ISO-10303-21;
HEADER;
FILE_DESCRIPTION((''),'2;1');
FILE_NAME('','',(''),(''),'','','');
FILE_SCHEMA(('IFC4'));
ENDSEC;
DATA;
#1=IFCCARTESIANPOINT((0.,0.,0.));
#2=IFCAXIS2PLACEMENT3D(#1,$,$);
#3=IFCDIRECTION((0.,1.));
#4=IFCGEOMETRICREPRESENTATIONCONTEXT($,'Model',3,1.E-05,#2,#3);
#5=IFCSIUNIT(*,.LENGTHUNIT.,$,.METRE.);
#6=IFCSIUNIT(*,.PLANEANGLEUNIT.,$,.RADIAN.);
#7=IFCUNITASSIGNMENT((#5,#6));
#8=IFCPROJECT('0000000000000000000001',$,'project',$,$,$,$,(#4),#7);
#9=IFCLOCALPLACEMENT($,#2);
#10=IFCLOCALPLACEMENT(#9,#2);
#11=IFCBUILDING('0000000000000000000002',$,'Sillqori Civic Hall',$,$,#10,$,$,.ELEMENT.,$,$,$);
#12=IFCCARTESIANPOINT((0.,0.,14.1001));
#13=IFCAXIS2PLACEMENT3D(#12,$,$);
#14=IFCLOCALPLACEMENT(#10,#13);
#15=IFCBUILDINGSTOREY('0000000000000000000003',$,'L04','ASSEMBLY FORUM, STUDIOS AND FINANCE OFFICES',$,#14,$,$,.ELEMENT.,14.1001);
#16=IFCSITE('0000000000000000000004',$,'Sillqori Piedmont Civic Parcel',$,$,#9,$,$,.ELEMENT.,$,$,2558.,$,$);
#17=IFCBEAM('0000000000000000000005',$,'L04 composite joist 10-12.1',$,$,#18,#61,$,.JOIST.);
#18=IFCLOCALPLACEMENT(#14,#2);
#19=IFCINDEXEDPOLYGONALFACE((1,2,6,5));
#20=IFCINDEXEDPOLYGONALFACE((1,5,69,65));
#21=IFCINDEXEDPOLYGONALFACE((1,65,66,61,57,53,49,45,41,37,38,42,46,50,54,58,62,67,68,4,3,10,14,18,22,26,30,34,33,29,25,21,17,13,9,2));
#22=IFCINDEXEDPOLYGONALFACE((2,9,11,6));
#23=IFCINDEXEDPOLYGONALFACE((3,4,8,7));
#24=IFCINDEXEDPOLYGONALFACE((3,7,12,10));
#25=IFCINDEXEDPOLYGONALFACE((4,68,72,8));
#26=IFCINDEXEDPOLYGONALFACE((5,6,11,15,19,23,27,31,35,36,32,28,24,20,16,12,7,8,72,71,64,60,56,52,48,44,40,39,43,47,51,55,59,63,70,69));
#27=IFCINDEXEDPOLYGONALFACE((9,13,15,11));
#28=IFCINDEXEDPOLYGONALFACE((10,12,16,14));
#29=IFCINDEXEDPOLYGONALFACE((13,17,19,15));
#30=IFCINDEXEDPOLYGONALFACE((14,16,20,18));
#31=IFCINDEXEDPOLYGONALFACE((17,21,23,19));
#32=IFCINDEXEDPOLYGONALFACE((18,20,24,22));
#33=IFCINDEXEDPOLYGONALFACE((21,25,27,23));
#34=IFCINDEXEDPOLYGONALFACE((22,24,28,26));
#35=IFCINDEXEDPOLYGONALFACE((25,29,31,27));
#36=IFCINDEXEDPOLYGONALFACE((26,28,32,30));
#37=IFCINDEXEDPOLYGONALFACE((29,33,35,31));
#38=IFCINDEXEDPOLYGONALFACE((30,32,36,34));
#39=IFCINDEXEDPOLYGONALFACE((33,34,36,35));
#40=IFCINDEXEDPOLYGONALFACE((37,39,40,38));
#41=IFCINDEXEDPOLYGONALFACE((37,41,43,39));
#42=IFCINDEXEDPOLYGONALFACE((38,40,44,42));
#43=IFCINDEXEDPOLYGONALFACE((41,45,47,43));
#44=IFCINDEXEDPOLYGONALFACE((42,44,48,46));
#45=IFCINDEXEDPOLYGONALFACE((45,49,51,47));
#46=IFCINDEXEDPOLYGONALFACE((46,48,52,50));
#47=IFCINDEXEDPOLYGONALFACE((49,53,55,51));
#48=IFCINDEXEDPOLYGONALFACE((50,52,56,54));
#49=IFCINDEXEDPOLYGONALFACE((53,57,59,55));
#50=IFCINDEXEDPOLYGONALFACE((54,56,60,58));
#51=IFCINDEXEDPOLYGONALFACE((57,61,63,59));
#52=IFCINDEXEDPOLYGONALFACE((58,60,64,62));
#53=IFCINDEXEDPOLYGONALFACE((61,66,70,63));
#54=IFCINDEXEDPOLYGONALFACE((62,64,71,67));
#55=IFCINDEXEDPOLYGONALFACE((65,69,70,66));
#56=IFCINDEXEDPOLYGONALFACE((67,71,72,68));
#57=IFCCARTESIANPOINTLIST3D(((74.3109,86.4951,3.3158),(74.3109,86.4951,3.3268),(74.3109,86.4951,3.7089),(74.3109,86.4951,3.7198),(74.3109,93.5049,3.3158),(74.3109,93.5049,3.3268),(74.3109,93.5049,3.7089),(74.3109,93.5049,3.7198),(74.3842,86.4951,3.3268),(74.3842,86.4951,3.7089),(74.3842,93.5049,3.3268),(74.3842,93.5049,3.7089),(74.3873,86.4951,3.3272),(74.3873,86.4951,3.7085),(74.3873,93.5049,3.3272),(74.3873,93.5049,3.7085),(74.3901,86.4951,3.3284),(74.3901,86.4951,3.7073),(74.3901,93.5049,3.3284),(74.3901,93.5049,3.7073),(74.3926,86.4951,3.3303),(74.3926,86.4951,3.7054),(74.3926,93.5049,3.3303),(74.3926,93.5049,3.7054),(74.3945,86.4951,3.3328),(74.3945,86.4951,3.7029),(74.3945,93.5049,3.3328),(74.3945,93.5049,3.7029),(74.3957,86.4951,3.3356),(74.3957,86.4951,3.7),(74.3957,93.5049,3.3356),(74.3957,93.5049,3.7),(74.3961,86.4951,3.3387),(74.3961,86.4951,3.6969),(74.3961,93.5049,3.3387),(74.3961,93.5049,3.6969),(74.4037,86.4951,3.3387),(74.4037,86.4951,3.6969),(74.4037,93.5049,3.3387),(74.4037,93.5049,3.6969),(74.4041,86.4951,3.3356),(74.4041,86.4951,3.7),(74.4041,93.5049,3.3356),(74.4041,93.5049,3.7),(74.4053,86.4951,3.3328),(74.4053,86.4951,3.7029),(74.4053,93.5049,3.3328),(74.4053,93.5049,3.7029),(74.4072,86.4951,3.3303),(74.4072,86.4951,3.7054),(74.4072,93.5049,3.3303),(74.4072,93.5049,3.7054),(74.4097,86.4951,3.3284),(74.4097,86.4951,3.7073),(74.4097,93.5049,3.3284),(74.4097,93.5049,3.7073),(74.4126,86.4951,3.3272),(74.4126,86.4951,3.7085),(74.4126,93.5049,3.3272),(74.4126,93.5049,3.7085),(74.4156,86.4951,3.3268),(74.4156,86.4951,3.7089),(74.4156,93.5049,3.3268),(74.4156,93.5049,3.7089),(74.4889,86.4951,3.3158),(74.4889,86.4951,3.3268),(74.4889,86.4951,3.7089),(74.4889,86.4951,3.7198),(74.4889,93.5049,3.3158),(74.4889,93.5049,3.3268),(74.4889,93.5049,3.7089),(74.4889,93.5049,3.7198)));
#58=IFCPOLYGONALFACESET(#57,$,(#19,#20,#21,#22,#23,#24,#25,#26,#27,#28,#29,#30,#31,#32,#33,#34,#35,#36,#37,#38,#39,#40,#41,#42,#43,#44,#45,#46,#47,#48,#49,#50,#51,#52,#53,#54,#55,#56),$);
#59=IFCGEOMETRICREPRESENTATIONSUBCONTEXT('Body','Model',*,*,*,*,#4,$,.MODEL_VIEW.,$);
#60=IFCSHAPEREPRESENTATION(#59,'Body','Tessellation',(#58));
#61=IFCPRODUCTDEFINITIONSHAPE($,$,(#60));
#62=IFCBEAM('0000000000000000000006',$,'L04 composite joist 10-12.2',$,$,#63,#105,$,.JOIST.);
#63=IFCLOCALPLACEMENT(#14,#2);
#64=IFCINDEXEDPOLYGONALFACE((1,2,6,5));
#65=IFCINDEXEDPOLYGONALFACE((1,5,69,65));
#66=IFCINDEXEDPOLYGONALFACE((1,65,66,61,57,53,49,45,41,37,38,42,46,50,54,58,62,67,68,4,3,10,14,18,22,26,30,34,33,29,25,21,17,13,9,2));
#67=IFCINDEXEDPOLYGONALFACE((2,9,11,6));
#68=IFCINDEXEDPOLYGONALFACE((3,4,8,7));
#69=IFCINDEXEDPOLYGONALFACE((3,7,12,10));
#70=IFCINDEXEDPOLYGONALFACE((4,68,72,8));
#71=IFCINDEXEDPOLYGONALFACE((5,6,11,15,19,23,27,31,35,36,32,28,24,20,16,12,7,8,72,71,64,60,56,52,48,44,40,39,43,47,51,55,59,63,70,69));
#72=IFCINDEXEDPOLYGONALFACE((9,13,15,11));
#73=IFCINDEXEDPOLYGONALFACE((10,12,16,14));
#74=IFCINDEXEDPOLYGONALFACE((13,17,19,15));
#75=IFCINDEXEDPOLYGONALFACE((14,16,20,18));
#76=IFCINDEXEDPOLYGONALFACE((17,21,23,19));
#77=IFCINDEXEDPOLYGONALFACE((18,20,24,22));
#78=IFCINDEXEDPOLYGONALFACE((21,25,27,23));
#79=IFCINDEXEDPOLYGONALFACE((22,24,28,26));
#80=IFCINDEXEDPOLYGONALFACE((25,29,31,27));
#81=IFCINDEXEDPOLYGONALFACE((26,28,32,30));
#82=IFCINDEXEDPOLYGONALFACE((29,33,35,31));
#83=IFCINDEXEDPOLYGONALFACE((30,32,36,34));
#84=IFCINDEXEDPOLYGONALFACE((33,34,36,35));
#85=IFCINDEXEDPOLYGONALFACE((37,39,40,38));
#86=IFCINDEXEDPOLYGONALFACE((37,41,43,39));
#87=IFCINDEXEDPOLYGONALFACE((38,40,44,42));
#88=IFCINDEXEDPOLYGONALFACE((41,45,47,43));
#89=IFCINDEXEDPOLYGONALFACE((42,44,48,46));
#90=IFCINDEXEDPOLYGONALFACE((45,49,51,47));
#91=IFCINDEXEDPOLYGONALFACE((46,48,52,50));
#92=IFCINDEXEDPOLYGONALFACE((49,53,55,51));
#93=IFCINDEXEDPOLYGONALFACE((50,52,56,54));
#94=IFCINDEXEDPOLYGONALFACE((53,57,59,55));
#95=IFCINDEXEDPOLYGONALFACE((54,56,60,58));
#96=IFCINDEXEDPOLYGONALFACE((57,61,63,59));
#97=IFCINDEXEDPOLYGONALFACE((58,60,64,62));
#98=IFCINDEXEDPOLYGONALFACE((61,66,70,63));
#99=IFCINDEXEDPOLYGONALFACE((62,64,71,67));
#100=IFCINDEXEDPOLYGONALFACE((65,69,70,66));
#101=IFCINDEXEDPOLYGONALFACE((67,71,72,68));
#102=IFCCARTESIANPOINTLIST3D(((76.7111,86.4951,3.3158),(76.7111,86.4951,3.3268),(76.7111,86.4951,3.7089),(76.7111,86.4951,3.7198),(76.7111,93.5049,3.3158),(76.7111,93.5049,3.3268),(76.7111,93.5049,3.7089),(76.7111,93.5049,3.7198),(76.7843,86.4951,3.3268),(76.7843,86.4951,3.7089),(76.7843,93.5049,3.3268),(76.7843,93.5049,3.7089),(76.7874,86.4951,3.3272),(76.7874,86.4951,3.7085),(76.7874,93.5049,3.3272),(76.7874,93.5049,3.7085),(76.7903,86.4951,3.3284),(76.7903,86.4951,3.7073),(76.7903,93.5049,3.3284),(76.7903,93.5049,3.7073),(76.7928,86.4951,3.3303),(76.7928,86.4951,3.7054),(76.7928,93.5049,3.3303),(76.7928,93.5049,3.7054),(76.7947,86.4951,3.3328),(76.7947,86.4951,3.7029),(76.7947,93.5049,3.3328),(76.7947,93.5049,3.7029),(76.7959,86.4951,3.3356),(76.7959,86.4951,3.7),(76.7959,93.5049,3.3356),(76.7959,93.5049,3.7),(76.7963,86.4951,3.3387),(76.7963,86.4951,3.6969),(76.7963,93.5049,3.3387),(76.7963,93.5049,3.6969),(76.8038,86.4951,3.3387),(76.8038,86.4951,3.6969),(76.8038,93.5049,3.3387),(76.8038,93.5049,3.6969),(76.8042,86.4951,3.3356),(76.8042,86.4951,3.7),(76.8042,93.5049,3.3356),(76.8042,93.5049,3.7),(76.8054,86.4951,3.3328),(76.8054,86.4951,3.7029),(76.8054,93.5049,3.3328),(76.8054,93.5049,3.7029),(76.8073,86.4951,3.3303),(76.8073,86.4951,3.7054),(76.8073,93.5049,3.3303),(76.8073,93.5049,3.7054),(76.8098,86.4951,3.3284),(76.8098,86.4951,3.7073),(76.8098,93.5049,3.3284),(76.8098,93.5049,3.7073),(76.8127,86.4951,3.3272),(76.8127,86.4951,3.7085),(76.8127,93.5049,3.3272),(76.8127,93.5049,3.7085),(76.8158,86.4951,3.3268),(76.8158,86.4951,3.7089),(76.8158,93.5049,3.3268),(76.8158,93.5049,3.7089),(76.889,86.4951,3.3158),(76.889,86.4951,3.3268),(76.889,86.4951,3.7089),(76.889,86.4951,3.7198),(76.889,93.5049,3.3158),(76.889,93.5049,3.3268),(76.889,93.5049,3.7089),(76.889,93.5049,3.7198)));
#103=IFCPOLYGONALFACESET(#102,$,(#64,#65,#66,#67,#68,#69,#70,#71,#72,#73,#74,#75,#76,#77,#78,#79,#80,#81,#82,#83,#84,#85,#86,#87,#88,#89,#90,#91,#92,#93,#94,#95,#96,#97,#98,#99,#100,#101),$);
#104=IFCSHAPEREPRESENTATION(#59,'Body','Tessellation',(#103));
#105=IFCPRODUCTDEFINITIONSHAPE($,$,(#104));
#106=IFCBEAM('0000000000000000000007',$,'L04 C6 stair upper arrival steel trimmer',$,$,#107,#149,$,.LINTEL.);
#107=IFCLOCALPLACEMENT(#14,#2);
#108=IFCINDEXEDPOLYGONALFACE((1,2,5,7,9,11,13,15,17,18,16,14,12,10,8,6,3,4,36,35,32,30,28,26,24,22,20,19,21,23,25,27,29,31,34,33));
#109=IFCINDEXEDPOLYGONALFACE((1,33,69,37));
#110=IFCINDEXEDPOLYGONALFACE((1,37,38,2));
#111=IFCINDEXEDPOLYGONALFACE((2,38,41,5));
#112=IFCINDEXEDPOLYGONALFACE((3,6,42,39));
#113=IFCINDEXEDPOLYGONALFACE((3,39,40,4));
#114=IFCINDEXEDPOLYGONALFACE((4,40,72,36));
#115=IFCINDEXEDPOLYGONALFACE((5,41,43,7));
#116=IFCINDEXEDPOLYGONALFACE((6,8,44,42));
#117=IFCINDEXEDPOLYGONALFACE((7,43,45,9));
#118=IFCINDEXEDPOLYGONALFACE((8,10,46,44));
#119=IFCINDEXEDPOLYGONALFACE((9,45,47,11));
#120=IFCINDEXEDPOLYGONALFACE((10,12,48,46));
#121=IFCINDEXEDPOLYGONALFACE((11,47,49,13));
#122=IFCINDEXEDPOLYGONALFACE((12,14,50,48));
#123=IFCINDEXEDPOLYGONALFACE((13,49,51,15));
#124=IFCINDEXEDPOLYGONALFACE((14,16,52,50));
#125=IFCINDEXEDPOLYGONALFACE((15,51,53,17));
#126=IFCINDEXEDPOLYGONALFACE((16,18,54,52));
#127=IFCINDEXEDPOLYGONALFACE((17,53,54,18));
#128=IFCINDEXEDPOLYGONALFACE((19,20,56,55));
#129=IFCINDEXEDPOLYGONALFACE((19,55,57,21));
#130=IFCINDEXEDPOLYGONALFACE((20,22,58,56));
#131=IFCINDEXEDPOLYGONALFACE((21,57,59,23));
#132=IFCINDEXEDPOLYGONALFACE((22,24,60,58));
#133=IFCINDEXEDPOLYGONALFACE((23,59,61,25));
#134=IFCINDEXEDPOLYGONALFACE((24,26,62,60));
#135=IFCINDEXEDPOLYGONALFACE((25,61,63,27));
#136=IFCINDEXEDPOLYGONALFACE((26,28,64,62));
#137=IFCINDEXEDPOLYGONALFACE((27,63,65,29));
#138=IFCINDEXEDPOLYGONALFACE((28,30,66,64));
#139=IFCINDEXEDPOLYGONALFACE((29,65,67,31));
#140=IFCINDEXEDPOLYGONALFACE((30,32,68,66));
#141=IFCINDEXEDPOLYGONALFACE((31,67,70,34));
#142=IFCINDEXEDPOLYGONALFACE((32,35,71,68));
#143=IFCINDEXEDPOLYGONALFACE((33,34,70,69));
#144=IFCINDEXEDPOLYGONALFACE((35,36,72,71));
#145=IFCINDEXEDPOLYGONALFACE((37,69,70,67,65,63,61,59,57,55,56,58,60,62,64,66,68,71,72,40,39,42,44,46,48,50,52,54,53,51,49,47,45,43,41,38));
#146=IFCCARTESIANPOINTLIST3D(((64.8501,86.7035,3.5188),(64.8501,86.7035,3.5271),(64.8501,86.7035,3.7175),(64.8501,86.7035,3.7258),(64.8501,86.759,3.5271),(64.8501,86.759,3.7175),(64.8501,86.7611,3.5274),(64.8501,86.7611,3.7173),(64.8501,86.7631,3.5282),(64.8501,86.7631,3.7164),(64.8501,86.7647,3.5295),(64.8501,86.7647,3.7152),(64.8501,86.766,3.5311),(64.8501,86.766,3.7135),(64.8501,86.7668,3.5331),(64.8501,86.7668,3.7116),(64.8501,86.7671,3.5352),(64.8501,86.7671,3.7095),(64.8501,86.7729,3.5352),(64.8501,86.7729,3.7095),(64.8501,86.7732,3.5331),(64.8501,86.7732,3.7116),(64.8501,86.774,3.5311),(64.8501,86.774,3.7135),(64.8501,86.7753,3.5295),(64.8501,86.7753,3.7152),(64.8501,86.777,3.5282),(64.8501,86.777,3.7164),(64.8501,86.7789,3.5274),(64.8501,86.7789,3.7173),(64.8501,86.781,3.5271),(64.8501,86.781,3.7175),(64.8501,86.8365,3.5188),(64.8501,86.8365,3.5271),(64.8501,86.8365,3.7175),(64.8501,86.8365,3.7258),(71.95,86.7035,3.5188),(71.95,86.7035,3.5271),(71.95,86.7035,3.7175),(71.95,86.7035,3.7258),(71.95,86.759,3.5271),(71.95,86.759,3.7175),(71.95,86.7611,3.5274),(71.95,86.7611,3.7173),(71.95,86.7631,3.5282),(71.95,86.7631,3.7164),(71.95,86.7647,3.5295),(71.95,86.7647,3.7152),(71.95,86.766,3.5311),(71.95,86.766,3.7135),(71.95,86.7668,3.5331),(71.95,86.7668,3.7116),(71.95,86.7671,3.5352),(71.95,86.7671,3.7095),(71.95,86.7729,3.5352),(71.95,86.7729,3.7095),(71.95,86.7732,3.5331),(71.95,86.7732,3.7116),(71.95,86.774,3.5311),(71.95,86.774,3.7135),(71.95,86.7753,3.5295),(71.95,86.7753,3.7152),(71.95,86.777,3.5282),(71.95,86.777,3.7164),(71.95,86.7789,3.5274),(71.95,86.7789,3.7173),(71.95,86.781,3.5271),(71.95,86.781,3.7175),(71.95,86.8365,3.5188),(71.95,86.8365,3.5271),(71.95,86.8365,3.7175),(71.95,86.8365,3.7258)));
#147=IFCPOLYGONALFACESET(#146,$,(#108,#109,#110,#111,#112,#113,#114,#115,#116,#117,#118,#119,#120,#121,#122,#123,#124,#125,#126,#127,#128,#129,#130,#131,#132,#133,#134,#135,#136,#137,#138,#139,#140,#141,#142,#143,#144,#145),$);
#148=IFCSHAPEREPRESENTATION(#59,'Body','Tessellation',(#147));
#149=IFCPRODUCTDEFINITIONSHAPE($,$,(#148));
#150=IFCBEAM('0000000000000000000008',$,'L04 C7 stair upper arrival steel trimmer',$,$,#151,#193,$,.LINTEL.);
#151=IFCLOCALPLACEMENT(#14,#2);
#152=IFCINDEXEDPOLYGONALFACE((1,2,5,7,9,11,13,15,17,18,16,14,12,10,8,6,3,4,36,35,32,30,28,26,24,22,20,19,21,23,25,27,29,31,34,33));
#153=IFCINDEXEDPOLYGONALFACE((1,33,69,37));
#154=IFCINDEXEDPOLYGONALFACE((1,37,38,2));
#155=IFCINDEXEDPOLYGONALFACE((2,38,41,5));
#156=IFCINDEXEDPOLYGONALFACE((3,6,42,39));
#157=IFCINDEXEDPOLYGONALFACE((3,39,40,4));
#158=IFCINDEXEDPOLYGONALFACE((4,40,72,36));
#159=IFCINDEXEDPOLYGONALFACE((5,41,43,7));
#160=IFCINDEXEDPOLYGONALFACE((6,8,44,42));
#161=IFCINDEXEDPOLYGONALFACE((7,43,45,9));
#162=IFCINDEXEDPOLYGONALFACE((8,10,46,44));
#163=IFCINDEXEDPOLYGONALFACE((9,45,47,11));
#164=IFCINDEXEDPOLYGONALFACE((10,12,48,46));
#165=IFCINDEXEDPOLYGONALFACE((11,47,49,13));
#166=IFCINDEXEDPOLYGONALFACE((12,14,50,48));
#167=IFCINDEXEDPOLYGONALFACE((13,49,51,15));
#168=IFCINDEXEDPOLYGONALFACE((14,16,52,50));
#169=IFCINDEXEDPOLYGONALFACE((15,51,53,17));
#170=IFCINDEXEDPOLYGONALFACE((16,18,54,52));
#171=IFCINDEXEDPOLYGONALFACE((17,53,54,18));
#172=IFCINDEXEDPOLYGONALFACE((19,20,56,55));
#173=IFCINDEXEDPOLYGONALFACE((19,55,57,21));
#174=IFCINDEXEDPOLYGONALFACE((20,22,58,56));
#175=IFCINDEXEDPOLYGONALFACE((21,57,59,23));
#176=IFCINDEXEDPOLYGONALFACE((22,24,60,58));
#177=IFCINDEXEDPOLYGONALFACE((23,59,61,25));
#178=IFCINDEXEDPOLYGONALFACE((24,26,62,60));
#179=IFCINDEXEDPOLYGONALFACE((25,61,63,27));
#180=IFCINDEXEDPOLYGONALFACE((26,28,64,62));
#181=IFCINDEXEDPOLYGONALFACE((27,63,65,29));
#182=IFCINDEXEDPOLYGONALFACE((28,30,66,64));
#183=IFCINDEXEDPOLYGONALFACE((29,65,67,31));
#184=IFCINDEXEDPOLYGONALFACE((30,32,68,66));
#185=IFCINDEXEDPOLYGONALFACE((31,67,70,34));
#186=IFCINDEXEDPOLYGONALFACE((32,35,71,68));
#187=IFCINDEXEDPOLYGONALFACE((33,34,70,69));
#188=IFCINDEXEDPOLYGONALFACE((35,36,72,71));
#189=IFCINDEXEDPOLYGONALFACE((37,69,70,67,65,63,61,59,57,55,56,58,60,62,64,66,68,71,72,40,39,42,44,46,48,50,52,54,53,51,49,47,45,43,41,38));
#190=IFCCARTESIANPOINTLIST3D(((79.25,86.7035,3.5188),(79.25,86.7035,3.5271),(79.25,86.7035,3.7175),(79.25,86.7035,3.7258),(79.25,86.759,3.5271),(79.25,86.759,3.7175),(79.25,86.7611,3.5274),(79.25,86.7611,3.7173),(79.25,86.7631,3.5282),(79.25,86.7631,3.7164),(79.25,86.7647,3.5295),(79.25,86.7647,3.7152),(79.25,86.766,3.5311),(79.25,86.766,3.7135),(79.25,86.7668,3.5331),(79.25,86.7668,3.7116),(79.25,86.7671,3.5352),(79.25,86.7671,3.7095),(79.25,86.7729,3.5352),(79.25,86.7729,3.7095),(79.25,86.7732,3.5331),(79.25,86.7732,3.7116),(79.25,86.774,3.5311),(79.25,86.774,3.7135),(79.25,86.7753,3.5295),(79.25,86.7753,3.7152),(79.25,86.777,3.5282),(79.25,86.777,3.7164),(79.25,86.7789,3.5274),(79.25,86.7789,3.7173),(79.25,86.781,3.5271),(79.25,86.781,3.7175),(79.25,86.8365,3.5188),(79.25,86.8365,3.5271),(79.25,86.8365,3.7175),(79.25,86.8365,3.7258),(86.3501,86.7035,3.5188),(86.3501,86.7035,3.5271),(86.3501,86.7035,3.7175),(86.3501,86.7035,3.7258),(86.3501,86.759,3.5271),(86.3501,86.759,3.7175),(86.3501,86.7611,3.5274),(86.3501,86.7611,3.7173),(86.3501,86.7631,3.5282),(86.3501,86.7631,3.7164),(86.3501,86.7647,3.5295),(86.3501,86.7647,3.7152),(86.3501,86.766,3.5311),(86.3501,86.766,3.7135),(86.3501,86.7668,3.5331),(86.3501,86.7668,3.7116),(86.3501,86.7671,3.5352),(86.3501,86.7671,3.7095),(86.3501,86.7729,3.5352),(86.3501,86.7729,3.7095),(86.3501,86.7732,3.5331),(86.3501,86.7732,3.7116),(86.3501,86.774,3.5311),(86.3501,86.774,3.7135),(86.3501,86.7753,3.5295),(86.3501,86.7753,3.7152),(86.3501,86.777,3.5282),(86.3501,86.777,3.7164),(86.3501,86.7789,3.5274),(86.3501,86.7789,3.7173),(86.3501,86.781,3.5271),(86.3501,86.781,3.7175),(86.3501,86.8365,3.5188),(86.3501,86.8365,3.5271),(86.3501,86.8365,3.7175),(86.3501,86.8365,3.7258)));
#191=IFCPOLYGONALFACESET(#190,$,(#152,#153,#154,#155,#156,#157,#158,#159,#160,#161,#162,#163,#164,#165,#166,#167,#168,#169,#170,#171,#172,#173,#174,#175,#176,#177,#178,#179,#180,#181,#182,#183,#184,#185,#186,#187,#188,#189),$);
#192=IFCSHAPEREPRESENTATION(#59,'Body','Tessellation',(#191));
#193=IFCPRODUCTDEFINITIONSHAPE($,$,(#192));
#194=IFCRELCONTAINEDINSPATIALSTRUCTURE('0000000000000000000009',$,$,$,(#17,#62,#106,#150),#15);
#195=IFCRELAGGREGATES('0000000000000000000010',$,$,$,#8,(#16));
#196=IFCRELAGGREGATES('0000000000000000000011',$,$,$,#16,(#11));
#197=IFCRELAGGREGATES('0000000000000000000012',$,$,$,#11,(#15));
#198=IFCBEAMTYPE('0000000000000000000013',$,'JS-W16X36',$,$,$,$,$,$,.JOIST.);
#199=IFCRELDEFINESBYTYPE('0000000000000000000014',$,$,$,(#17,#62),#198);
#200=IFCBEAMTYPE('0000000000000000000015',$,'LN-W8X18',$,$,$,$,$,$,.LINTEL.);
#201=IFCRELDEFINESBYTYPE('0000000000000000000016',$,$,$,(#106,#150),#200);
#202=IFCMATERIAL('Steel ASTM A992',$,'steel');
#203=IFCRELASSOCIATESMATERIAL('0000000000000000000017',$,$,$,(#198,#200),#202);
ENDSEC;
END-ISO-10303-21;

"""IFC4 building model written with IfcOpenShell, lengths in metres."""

from ifc_helpers import new_model, si_unit, direction, frame, origin, origin_2d, place, context, subcontext, project, spatial, i_section, extrude, material, material_profile, profile_set, type_object, element, save


model = new_model("IFC4")

# Units and contexts
model_context = context("Model", 3, precision=1e-05, world=origin(), true_north=direction((0.0, 1.0)))
body_context = subcontext(model_context, "Body", "Model", "MODEL_VIEW")
ifc_project = project(units=[si_unit("LENGTHUNIT", "METRE"), si_unit("PLANEANGLEUNIT", "RADIAN")], contexts=[model_context])

# Site, building, storey
site_placement = place(None, origin())
site = spatial("IfcSite", under=ifc_project, at=site_placement, Name="Sillqori Piedmont Civic Parcel", CompositionType="ELEMENT", RefElevation=2558.0)
building_placement = place(site_placement, origin())
building = spatial("IfcBuilding", under=site, at=building_placement, Name="Sillqori Civic Hall", CompositionType="ELEMENT")
storey_placement = place(building_placement, frame((0.0, 0.0, 14.1001)))
storey = spatial("IfcBuildingStorey", under=building, at=storey_placement, Name="L04", Description="ASSEMBLY FORUM, STUDIOS AND FINANCE OFFICES", CompositionType="ELEMENT", Elevation=14.1001)

# Shared definitions
ifc_material_1 = material(Name="Steel ASTM A992", Category="steel")

# Beams
ifc_material_profile_1 = material_profile(ifc_material_1, i_section(OverallWidth=0.178, OverallDepth=0.4041, WebThickness=0.0076, FlangeThickness=0.011, FilletRadius=0.012, at=origin_2d()), Name="W16X36")
ifc_profile_set_1 = profile_set([ifc_material_profile_1], Name="Steel ASTM A992")
beam_type_1 = type_object("IfcBeamType", Name="JS-W16X36", PredefinedType="JOIST", material=ifc_profile_set_1)
for number, where, z_axis, x_axis, name in (
    (1, (74.3999, 86.4951, 3.5178), (0.0, 1.0, 0.0), (-1.0, 0.0, 0.0), "L04 composite joist 10-12.1"),
    (2, (76.8, 86.4951, 3.5178), (0.0, 1.0, 0.0), (-1.0, 0.0, 0.0), "L04 composite joist 10-12.2"),
):
    element("IfcBeam", number, at=place(storey_placement, frame(where, z_axis=z_axis, x_axis=x_axis)), inside=storey, type_object=beam_type_1, Name=name, PredefinedType="JOIST", context=body_context, shape_type="SweptSolid", body=[
        extrude(i_section(OverallWidth=0.178, OverallDepth=0.4041, WebThickness=0.0076, FlangeThickness=0.011, FilletRadius=0.012, at=origin_2d()), origin(), (0.0, 0.0, 1.0), 7.0098),
    ])
ifc_material_profile_2 = material_profile(ifc_material_1, i_section(OverallWidth=0.1331, OverallDepth=0.207, WebThickness=0.0059, FlangeThickness=0.0083, FilletRadius=0.0081, at=origin_2d()), Name="W8X18")
ifc_profile_set_2 = profile_set([ifc_material_profile_2], Name="Steel ASTM A992")
beam_type_2 = type_object("IfcBeamType", Name="LN-W8X18", PredefinedType="LINTEL", material=ifc_profile_set_2)
beam_1_placement = place(storey_placement, frame((64.8501, 86.77, 3.6223), z_axis=(1.0, 0.0, 0.0), x_axis=(0.0, 1.0, 0.0)))
element("IfcBeam", 3, at=beam_1_placement, inside=storey, type_object=beam_type_2, Name="L04 C6 stair upper arrival steel trimmer", PredefinedType="LINTEL", context=body_context, shape_type="SweptSolid", body=[
    extrude(i_section(OverallWidth=0.1331, OverallDepth=0.207, WebThickness=0.0059, FlangeThickness=0.0083, FilletRadius=0.0081, at=origin_2d()), origin(), (0.0, 0.0, 1.0), 7.0999),
])
beam_2_placement = place(storey_placement, frame((79.25, 86.77, 3.6223), z_axis=(1.0, 0.0, 0.0), x_axis=(0.0, 1.0, 0.0)))
element("IfcBeam", 4, at=beam_2_placement, inside=storey, type_object=beam_type_2, Name="L04 C7 stair upper arrival steel trimmer", PredefinedType="LINTEL", context=body_context, shape_type="SweptSolid", body=[
    extrude(i_section(OverallWidth=0.1331, OverallDepth=0.207, WebThickness=0.0059, FlangeThickness=0.0083, FilletRadius=0.0081, at=origin_2d()), origin(), (0.0, 0.0, 1.0), 7.1001),
])

save(model, "model.ifc")
